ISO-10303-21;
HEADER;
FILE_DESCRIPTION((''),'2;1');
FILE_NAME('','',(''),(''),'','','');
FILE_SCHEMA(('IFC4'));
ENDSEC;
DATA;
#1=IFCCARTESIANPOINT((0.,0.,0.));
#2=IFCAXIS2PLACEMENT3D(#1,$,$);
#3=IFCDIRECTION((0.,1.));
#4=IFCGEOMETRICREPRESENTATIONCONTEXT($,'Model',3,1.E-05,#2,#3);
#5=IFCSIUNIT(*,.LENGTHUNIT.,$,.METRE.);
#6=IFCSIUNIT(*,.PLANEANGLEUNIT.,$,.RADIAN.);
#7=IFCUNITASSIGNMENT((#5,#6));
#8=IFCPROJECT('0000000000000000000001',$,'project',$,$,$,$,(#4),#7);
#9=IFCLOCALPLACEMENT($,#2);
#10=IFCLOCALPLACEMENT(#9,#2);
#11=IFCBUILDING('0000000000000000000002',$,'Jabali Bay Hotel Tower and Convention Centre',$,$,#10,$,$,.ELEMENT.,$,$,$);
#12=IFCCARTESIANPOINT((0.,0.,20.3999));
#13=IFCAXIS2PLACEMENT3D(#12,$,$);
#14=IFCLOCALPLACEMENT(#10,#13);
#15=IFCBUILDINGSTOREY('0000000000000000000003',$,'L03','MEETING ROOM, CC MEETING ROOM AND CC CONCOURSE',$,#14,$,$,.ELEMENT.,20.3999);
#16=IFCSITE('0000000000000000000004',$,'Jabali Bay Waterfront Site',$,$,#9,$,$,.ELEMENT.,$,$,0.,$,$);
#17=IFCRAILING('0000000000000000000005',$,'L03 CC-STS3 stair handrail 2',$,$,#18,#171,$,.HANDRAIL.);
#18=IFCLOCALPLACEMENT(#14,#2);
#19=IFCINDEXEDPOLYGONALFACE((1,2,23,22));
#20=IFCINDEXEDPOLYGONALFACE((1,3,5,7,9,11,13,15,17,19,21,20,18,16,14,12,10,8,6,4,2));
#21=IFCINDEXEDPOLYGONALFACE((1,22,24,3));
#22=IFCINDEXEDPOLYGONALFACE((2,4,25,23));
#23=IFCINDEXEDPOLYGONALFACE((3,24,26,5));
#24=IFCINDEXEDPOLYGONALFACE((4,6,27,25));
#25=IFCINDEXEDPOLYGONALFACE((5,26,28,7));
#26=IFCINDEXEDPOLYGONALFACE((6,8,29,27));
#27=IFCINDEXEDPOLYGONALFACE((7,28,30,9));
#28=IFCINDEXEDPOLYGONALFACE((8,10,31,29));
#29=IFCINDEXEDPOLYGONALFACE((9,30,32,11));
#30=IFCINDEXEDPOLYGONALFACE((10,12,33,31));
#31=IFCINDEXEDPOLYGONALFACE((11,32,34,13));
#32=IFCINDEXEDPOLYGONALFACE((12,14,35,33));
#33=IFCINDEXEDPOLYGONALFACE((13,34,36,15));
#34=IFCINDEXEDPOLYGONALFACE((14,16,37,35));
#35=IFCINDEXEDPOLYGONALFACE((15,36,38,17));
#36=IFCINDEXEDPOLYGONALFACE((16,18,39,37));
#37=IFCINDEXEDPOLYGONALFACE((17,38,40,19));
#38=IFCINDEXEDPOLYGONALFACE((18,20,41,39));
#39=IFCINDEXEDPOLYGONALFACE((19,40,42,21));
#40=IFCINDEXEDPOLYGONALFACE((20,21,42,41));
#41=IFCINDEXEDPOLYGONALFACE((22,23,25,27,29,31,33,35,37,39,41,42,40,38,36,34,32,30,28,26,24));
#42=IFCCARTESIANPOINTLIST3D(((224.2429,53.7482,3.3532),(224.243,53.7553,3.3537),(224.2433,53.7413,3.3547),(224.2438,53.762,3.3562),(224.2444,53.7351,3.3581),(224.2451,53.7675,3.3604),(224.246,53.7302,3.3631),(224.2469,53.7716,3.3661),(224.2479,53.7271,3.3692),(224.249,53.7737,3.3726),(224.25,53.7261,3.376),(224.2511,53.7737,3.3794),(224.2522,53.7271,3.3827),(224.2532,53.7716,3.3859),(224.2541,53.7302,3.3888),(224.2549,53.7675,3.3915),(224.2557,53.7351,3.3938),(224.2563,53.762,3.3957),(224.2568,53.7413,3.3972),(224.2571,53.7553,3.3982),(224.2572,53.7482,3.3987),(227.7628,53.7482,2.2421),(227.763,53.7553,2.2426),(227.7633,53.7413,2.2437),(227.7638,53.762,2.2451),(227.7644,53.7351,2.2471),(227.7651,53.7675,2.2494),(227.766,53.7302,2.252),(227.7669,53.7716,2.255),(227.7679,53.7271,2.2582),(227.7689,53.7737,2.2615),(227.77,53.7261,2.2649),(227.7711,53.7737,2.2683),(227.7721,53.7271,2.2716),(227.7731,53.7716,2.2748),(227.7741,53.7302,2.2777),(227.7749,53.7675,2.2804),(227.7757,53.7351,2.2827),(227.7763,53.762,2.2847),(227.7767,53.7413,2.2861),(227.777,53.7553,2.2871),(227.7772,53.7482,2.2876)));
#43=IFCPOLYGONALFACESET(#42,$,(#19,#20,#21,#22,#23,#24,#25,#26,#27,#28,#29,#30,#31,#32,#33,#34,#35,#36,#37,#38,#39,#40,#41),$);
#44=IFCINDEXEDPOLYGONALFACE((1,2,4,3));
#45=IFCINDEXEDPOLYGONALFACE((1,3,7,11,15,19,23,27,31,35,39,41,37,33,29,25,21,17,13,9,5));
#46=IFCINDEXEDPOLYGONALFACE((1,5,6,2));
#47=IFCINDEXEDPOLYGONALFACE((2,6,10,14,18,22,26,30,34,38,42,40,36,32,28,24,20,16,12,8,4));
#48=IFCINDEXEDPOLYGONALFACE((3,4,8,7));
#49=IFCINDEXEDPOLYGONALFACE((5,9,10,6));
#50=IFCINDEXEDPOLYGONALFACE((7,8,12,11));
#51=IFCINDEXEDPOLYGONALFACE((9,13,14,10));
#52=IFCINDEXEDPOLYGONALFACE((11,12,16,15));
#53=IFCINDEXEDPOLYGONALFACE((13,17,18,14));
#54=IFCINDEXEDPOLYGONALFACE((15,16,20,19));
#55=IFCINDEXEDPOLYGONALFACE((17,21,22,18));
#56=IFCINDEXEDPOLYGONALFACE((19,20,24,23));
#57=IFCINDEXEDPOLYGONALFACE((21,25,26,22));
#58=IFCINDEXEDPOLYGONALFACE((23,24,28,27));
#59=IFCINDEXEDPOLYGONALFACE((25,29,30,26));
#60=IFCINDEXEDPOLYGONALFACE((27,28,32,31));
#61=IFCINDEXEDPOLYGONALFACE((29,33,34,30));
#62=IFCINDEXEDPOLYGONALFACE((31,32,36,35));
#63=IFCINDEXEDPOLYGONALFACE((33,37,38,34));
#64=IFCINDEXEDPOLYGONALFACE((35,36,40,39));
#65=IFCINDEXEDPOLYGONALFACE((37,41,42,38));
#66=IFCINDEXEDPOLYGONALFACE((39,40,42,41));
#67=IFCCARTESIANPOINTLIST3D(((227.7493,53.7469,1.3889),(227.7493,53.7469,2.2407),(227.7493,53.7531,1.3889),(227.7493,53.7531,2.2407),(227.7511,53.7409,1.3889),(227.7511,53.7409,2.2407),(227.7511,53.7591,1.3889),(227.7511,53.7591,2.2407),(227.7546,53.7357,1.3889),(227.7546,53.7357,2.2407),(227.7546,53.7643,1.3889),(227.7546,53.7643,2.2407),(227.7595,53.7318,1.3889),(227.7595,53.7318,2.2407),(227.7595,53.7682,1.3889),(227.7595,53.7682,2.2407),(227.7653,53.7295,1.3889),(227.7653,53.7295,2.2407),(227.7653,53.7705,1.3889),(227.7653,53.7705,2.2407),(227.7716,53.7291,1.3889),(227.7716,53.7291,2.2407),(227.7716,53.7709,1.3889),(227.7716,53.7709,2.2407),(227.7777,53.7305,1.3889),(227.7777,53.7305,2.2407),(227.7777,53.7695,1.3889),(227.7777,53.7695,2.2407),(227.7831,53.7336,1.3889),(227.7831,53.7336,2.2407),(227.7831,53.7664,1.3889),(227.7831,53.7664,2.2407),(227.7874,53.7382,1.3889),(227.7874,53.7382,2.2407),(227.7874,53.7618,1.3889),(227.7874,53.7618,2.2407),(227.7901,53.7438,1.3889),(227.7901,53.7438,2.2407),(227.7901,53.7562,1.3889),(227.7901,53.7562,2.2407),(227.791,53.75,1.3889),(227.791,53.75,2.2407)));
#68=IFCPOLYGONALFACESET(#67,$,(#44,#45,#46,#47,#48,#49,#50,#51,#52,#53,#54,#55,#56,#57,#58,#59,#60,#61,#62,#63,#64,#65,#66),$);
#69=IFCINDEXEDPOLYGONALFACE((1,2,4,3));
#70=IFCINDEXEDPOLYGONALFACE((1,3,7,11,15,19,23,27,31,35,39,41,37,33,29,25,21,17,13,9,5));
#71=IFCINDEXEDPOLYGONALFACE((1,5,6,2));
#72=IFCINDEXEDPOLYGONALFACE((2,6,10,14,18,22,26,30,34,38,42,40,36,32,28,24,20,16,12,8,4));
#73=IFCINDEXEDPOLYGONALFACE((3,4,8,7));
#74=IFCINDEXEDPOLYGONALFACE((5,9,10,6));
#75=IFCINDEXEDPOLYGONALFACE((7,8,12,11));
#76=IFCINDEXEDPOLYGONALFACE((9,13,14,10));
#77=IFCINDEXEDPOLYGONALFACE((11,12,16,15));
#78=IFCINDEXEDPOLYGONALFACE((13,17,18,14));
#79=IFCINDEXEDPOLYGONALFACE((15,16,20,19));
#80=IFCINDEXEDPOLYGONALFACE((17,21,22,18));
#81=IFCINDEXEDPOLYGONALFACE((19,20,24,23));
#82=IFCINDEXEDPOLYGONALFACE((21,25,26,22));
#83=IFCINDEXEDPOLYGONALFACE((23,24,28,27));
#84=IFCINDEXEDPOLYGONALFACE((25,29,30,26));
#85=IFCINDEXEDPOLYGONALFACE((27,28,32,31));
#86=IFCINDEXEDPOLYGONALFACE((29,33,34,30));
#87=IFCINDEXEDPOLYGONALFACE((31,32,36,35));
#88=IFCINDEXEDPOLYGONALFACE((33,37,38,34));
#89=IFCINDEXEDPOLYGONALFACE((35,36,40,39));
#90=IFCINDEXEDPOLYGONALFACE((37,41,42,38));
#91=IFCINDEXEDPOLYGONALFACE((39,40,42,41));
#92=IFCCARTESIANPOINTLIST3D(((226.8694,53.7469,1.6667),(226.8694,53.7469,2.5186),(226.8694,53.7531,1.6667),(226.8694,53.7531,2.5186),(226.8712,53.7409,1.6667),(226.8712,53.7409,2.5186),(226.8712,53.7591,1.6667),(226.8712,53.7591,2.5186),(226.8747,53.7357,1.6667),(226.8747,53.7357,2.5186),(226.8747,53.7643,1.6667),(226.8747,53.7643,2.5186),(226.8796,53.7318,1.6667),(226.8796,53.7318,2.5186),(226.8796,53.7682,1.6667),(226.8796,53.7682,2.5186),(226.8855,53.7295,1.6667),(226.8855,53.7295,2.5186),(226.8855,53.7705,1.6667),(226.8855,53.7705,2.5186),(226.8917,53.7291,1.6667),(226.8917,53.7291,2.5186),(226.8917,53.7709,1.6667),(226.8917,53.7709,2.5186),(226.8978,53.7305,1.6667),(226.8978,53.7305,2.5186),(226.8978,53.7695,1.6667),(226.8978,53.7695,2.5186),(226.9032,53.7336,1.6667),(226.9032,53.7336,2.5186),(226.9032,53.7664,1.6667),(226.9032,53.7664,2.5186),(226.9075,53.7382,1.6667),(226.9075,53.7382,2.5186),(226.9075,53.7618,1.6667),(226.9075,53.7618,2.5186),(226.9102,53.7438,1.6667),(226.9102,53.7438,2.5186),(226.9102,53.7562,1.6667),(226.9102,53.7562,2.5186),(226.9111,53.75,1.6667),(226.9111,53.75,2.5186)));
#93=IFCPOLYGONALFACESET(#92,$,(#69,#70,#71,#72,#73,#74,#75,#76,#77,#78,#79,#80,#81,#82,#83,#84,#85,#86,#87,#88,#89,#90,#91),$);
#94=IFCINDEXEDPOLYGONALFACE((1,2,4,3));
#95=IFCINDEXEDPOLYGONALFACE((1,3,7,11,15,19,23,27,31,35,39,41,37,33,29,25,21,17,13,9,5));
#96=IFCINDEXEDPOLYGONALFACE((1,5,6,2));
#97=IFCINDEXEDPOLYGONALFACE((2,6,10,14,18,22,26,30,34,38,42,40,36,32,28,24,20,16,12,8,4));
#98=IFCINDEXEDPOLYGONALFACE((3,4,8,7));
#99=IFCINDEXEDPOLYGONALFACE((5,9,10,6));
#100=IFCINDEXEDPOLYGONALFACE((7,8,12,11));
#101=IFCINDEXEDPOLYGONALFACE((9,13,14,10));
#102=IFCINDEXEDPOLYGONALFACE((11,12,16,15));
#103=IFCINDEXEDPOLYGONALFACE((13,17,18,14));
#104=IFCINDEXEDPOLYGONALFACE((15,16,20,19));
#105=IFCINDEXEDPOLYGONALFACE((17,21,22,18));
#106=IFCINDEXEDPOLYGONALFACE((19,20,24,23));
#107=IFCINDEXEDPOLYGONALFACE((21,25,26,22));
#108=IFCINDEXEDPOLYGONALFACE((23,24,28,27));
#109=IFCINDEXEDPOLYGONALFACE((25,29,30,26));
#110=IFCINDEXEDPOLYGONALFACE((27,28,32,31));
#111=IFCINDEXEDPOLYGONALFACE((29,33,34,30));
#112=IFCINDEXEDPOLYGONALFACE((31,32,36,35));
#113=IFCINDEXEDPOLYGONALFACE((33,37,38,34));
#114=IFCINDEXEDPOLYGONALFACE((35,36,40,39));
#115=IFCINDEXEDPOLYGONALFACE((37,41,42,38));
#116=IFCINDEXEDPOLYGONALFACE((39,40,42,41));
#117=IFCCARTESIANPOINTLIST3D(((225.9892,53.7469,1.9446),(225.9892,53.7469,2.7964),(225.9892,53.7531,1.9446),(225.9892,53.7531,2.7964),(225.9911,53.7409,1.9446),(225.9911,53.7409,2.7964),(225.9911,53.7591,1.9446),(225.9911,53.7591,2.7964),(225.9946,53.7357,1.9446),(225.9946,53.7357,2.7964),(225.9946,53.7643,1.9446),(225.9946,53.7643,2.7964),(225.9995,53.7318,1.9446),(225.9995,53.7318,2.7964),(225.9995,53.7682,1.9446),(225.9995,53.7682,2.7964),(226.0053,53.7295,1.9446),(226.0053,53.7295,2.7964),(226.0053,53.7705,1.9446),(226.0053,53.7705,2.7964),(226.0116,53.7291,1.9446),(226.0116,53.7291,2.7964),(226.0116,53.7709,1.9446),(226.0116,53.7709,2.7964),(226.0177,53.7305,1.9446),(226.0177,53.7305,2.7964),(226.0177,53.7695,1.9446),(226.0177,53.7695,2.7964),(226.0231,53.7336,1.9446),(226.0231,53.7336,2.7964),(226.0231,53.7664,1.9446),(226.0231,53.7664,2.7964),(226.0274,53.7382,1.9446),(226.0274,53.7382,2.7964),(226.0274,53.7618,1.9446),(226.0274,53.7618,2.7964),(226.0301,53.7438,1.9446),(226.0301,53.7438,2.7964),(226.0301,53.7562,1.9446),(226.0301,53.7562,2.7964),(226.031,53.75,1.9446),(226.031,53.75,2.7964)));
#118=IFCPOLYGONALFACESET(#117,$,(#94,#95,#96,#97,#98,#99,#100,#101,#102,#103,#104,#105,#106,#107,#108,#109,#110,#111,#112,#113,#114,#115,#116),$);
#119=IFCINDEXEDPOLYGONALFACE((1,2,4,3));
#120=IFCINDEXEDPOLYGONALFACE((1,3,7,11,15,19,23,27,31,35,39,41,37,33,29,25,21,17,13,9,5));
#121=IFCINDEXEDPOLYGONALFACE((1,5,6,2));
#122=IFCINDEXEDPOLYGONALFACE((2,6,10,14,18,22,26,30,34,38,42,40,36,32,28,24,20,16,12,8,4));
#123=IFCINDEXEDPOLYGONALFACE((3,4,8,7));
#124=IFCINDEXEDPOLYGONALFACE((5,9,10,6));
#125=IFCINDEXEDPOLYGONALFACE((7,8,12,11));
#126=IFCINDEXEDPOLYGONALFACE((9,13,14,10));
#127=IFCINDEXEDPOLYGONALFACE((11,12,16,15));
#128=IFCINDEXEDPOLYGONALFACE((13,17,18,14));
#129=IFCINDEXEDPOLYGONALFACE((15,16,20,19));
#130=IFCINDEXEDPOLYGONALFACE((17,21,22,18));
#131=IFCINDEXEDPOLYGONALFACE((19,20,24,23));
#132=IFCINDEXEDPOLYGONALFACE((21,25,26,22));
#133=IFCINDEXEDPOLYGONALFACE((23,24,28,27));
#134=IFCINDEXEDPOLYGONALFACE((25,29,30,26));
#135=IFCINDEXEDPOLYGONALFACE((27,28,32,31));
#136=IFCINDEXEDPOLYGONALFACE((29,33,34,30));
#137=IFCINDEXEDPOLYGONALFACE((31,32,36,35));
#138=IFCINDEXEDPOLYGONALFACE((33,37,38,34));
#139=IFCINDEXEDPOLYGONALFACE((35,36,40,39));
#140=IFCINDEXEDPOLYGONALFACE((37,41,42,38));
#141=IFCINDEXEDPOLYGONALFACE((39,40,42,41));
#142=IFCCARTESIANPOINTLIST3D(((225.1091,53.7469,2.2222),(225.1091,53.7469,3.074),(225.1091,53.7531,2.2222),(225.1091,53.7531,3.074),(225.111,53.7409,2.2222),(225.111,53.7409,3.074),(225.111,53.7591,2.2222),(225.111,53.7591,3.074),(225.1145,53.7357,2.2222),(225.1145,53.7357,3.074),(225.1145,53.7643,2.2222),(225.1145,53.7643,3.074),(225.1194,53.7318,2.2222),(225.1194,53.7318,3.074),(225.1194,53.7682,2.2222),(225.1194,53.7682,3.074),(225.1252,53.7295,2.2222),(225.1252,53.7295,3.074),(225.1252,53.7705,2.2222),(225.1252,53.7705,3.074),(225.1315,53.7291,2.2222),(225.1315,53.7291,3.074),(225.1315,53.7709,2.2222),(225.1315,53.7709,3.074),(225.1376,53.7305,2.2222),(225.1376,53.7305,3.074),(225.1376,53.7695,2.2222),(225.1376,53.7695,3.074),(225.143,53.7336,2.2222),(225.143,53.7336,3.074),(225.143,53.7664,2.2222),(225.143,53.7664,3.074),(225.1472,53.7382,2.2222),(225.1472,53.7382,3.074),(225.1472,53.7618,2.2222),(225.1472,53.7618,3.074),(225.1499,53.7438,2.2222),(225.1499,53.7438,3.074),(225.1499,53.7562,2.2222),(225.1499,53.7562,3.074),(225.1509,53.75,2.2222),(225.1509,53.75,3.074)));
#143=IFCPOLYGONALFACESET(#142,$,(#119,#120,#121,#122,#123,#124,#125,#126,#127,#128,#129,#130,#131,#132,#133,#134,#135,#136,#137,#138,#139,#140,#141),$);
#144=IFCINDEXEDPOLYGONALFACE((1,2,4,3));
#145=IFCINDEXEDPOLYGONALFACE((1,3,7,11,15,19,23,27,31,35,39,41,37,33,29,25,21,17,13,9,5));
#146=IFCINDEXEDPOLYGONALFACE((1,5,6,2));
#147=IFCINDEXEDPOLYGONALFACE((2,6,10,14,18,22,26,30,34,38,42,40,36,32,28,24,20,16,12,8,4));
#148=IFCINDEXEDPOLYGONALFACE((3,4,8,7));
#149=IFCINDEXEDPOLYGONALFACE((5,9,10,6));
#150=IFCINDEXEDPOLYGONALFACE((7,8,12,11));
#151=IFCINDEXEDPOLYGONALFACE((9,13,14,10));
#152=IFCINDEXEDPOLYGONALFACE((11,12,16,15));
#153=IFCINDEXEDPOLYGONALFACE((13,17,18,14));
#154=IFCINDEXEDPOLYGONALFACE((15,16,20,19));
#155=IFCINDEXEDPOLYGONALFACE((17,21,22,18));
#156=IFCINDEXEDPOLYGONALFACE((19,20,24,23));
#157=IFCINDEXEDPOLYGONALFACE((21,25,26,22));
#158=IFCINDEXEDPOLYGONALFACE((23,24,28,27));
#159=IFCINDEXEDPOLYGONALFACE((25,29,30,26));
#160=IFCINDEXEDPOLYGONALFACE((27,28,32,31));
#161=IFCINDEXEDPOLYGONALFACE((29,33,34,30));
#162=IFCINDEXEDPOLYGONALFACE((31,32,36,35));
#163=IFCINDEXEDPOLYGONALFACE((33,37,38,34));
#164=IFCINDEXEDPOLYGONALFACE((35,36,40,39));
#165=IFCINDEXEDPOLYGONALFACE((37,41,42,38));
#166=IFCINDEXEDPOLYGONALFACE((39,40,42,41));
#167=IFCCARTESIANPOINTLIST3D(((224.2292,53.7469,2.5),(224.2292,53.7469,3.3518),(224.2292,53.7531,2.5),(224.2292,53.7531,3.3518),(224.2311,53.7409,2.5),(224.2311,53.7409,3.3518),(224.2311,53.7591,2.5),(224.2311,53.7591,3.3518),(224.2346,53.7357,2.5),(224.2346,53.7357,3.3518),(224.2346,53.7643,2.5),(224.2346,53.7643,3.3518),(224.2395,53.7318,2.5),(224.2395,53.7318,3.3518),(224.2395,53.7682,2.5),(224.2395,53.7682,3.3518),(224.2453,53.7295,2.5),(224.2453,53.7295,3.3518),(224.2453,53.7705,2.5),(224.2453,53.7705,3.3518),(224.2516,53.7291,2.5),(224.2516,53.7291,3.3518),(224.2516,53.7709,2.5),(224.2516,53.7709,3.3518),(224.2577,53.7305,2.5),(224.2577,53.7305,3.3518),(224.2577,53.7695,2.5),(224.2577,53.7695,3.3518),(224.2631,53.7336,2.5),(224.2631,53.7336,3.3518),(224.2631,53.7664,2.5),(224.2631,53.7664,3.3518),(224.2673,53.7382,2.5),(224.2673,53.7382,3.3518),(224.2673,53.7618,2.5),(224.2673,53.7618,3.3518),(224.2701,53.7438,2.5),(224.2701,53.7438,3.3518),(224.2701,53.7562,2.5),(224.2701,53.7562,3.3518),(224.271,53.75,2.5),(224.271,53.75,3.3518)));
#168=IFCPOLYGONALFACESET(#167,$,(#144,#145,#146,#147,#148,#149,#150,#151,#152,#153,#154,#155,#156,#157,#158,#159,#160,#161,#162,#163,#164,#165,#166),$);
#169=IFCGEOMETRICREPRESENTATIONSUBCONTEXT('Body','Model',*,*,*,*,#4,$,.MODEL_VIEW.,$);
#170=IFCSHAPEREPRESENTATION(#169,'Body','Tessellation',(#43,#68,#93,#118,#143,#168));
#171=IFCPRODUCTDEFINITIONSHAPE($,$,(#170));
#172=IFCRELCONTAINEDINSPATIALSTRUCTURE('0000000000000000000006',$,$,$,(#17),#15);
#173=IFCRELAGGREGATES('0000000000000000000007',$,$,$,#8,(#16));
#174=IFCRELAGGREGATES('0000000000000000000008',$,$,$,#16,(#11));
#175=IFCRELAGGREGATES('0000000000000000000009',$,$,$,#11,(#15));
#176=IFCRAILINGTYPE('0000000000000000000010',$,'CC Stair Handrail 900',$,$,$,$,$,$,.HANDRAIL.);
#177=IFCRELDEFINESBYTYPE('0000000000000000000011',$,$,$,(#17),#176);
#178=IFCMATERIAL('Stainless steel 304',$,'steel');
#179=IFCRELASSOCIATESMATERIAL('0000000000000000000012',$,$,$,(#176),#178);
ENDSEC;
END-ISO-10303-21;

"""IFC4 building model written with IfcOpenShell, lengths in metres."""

from ifc_helpers import new_model, si_unit, direction, frame, origin, origin_2d, place, context, subcontext, project, spatial, circle, extrude, material, type_object, element, save


model = new_model("IFC4")

# Units and contexts
model_context = context("Model", 3, precision=1e-05, world=origin(), true_north=direction((0.0, 1.0)))
body_context = subcontext(model_context, "Body", "Model", "MODEL_VIEW")
ifc_project = project(units=[si_unit("LENGTHUNIT", "METRE"), si_unit("PLANEANGLEUNIT", "RADIAN")], contexts=[model_context])

# Site, building, storey
site_placement = place(None, origin())
site = spatial("IfcSite", under=ifc_project, at=site_placement, Name="Jabali Bay Waterfront Site", CompositionType="ELEMENT", RefElevation=0.0)
building_placement = place(site_placement, origin())
building = spatial("IfcBuilding", under=site, at=building_placement, Name="Jabali Bay Hotel Tower and Convention Centre", CompositionType="ELEMENT")
storey_placement = place(building_placement, frame((0.0, 0.0, 20.3999)))
storey = spatial("IfcBuildingStorey", under=building, at=storey_placement, Name="L03", Description="MEETING ROOM, CC MEETING ROOM AND CC CONCOURSE", CompositionType="ELEMENT", Elevation=20.3999)

# Railing
ifc_material_1 = material(Name="Stainless steel 304", Category="steel")
railing_type_1 = type_object("IfcRailingType", Name="CC Stair Handrail 900", PredefinedType="HANDRAIL", material=ifc_material_1)
for number, where, name in (
    (1, (227.77, 53.75, 1.3889), "L03 CC-STS3 stair handrail 2"),
):
    element("IfcRailing", number, at=place(storey_placement, frame(where)), inside=storey, type_object=railing_type_1, Name=name, PredefinedType="HANDRAIL", context=body_context, shape_type="SweptSolid", body=[
        extrude(circle(Radius=0.0239, at=origin_2d()), frame((0.0, 0.0, 0.876), z_axis=(-0.953622, 0.0, 0.301008), x_axis=(0.0, -1.0, 0.0)), (0.0, 0.0, 1.0), 3.6912),
        extrude(circle(Radius=0.021, at=origin_2d()), origin(), (0.0, 0.0, 1.0), 0.8518),
        extrude(circle(Radius=0.021, at=origin_2d()), frame((-0.8799, 0.0, 0.2778)), (0.0, 0.0, 1.0), 0.8518),
        extrude(circle(Radius=0.021, at=origin_2d()), frame((-1.76, 0.0, 0.5557)), (0.0, 0.0, 1.0), 0.8518),
        extrude(circle(Radius=0.021, at=origin_2d()), frame((-2.6401, 0.0, 0.8333)), (0.0, 0.0, 1.0), 0.8518),
        extrude(circle(Radius=0.021, at=origin_2d()), frame((-3.52, 0.0, 1.1111)), (0.0, 0.0, 1.0), 0.8518),
    ])

save(model, "model.ifc")
